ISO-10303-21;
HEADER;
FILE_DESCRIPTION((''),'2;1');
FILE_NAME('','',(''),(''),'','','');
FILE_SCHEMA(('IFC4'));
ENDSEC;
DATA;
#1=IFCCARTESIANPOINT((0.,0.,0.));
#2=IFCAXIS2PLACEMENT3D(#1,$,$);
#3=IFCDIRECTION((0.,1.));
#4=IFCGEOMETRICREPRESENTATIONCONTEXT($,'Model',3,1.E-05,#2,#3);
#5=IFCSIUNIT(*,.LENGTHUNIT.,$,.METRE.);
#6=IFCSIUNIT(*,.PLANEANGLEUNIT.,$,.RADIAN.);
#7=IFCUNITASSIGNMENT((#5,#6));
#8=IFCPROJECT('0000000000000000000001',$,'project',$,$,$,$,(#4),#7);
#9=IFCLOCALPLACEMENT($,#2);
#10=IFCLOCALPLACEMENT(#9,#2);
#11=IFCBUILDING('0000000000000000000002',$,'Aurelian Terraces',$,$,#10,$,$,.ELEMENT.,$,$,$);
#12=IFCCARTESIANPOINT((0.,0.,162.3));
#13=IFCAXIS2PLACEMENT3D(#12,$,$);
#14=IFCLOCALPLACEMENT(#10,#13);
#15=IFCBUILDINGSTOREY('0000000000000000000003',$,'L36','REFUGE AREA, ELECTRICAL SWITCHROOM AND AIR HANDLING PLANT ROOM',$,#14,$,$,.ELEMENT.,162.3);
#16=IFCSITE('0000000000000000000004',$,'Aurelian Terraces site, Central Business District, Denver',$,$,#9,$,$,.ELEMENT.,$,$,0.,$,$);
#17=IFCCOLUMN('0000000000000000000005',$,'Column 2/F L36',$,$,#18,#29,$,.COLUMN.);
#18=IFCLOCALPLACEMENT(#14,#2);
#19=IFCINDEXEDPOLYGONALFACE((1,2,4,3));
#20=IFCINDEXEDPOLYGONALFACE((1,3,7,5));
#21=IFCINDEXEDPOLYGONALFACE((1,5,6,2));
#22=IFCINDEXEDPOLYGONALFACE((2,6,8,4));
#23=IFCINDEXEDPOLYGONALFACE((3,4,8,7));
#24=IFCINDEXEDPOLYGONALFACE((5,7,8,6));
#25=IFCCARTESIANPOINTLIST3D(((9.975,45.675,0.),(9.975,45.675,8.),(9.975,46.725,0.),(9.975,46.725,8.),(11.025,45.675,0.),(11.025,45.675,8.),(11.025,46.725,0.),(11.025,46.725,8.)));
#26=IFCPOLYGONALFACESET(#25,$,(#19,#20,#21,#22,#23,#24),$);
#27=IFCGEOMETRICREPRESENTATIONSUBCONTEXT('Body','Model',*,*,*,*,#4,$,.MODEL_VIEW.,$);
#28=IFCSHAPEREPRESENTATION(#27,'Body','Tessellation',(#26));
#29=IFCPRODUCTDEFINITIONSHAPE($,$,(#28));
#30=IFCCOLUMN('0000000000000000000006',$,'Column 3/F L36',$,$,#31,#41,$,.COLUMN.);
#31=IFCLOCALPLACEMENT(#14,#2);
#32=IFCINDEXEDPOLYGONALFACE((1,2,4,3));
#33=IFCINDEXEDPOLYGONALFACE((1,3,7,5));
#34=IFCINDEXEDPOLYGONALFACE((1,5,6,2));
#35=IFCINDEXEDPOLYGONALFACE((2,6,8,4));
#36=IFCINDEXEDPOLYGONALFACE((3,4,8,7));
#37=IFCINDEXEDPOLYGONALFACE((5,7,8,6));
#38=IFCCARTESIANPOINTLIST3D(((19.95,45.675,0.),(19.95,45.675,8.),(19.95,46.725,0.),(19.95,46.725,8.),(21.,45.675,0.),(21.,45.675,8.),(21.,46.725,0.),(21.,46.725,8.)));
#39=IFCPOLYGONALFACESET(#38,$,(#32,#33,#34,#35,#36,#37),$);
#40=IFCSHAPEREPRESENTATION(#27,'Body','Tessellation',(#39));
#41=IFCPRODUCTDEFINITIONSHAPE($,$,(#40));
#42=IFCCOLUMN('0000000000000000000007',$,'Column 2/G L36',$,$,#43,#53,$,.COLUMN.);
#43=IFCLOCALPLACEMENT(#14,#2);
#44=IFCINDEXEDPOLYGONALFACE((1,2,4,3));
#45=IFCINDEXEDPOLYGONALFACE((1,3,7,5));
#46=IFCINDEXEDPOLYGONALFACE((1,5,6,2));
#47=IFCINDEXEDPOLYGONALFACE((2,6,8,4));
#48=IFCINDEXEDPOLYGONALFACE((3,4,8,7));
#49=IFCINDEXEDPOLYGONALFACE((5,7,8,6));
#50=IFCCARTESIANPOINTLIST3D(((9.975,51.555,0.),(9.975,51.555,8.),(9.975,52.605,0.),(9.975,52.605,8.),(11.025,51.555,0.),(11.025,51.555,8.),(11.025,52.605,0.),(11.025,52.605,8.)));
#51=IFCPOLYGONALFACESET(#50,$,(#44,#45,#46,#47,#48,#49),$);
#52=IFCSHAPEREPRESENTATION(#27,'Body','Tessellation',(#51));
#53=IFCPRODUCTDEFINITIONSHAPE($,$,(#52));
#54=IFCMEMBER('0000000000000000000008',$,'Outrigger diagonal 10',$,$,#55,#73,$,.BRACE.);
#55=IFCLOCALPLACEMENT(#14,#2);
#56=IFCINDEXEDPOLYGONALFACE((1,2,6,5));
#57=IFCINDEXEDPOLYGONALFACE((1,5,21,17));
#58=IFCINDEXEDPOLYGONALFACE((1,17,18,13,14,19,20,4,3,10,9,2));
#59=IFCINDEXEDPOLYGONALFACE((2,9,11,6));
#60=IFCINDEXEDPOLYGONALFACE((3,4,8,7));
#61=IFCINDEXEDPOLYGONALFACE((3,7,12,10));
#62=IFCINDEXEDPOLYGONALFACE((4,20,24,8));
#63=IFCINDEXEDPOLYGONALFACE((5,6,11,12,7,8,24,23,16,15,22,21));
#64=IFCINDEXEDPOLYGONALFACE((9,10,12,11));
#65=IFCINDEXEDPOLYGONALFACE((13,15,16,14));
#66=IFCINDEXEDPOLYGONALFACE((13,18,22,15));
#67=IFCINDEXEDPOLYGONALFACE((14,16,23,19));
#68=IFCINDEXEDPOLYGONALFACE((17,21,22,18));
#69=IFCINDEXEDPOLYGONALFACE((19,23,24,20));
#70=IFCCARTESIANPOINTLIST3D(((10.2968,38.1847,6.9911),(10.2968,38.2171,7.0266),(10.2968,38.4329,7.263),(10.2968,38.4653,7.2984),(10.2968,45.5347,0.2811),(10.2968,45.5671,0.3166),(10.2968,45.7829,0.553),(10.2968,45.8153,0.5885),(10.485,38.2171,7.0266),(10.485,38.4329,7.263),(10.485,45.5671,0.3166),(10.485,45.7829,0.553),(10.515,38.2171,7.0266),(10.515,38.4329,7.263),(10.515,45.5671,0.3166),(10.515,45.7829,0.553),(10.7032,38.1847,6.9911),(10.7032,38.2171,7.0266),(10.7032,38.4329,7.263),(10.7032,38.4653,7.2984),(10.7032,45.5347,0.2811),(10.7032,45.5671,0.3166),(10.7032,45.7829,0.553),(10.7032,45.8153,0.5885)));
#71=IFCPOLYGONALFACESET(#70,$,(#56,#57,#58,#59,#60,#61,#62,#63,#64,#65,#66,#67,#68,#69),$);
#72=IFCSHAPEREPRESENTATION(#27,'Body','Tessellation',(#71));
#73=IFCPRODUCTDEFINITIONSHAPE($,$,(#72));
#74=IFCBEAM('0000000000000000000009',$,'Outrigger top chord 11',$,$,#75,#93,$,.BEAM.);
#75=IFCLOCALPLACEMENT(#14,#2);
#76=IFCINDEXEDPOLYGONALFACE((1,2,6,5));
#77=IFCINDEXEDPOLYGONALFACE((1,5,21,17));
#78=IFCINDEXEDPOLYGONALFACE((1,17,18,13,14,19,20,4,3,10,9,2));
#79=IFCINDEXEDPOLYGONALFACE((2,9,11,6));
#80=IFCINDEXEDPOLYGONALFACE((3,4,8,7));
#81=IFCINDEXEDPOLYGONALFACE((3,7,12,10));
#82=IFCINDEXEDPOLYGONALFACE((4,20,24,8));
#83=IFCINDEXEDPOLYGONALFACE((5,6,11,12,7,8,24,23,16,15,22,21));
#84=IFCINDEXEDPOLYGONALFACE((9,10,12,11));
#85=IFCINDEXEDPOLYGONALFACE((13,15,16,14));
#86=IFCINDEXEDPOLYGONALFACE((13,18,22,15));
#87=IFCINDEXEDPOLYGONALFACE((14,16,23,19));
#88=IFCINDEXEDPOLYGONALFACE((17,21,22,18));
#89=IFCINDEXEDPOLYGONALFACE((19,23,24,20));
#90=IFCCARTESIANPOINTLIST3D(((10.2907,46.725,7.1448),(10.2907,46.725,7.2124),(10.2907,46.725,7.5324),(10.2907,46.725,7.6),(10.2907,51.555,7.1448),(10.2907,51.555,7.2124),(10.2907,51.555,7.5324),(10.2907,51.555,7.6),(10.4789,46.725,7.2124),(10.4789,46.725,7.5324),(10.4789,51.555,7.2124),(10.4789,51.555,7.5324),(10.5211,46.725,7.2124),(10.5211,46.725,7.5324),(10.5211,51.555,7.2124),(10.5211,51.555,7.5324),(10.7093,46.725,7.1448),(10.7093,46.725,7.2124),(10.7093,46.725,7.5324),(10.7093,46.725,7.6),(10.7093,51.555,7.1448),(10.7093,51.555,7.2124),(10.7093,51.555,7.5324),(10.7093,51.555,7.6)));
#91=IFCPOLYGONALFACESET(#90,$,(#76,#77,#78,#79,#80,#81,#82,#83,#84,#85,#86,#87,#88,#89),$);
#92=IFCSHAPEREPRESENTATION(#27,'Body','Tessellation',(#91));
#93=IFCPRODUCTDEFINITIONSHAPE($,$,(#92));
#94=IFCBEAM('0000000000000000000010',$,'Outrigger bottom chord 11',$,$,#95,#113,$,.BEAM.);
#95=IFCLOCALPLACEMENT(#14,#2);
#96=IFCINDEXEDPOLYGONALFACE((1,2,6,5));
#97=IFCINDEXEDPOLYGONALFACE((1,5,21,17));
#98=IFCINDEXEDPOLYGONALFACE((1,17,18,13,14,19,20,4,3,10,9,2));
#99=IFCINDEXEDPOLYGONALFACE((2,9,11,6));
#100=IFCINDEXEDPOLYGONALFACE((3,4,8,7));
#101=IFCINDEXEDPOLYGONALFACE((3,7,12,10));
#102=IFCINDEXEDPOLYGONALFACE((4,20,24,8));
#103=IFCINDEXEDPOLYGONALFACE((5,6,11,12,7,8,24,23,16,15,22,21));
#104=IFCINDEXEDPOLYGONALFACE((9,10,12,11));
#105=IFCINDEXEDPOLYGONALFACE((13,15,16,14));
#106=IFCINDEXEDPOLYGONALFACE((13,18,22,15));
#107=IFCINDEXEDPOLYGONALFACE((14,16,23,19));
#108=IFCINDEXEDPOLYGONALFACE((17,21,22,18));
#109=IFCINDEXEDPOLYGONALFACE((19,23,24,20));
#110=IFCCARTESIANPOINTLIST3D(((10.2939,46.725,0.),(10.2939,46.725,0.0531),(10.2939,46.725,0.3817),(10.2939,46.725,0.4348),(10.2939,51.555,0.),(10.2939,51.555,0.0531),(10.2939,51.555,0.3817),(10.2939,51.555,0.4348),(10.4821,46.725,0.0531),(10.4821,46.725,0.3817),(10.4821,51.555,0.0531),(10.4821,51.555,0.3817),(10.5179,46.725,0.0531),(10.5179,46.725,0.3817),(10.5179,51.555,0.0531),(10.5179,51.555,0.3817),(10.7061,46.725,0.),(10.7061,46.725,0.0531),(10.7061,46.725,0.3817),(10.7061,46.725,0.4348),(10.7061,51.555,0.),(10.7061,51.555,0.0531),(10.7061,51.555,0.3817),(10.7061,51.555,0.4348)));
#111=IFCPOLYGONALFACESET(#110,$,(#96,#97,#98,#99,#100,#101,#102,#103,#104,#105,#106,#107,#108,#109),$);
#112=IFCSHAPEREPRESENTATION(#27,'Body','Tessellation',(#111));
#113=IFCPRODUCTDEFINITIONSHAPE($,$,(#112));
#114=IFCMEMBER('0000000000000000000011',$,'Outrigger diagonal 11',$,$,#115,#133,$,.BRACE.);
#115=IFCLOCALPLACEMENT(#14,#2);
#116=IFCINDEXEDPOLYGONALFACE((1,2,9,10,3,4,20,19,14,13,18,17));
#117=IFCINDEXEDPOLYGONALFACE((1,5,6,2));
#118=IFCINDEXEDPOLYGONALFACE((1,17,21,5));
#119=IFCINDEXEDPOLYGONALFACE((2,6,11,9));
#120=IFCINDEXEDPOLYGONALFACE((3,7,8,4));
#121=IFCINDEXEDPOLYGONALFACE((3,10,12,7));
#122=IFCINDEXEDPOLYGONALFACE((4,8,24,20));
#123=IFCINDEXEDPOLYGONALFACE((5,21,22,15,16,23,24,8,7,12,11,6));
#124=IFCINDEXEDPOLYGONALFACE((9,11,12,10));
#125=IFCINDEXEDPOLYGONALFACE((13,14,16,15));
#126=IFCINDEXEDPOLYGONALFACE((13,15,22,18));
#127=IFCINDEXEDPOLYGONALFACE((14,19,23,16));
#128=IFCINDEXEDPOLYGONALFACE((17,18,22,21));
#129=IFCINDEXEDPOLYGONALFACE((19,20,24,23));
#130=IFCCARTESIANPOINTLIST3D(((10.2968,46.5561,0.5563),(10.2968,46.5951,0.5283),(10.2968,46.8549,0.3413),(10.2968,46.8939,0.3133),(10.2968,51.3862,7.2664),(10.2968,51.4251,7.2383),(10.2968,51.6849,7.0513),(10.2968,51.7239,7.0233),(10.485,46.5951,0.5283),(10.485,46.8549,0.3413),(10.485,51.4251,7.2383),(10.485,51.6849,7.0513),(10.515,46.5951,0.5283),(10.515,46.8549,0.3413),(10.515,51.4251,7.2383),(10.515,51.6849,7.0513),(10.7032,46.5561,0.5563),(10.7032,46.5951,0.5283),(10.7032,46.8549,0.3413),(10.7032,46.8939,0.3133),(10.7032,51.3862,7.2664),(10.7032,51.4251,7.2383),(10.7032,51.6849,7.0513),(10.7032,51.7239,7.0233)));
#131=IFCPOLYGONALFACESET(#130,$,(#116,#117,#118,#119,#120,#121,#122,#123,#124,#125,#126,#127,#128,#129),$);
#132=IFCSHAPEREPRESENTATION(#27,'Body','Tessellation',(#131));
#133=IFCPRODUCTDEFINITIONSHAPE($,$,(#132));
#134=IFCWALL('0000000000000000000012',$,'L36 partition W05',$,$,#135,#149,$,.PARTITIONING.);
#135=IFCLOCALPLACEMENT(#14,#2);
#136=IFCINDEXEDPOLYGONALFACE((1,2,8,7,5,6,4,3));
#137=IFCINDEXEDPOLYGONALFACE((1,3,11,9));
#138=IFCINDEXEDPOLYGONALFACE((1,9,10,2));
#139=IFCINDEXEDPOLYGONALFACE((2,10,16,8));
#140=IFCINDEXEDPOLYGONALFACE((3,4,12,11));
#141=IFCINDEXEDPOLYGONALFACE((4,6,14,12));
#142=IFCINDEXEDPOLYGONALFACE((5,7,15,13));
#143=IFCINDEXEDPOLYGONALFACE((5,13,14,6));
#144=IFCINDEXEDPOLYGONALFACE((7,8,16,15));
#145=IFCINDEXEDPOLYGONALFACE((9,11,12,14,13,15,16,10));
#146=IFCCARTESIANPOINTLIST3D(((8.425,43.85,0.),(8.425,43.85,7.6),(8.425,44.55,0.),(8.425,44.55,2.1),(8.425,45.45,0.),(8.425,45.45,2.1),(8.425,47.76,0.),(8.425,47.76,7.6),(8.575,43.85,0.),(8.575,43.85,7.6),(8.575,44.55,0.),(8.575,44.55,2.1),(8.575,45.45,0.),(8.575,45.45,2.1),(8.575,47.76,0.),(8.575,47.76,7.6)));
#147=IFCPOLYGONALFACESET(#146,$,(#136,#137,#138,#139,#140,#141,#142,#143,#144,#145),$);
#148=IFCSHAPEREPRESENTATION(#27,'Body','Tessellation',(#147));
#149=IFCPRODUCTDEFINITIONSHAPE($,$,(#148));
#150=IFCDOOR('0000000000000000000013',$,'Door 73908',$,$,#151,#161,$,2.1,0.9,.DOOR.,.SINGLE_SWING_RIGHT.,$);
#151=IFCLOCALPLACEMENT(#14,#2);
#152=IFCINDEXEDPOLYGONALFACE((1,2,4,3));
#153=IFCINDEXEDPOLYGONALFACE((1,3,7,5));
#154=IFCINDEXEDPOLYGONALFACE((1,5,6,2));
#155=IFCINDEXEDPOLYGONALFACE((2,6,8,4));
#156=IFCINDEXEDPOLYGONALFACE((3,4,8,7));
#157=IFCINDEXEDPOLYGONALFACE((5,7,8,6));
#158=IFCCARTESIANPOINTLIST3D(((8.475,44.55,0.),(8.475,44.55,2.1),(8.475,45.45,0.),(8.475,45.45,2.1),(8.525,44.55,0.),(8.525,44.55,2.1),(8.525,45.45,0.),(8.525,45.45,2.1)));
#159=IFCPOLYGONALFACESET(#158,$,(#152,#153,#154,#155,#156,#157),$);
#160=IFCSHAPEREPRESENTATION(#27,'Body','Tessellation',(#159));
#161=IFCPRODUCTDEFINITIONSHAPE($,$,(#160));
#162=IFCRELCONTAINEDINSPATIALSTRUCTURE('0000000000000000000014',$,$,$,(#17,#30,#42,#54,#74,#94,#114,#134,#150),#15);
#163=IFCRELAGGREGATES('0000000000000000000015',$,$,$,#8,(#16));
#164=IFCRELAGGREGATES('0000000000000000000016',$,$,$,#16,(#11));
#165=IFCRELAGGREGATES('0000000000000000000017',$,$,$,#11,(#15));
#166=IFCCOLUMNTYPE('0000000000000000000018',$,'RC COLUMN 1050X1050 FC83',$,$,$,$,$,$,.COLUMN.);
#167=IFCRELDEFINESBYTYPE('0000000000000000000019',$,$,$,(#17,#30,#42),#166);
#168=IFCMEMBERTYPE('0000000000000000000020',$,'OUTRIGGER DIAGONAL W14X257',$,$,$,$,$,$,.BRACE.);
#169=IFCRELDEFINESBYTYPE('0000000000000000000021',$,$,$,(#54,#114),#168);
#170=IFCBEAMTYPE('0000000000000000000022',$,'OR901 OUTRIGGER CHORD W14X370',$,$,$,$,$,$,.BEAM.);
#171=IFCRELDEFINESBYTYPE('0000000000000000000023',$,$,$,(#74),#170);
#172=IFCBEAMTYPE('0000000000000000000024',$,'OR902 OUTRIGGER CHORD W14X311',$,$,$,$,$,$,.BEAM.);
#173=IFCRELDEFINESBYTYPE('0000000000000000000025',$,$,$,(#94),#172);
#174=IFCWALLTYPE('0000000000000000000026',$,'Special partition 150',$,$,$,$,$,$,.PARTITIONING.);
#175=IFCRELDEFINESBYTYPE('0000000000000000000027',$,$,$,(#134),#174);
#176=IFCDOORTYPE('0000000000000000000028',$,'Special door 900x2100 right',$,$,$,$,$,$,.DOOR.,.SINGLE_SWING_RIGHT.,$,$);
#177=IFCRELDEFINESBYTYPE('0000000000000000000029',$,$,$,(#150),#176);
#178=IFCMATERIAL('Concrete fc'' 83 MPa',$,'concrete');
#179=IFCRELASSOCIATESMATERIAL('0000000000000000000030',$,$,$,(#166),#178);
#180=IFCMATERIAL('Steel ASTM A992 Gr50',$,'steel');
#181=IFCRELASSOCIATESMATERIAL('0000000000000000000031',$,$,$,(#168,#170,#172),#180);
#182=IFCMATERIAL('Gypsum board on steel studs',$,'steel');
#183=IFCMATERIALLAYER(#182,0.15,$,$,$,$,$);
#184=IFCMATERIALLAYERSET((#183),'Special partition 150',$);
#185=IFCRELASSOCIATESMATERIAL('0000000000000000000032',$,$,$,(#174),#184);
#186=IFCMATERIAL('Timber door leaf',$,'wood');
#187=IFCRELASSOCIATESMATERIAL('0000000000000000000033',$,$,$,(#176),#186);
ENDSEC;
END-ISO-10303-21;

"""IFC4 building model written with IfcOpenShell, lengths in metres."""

from ifc_helpers import new_model, si_unit, direction, frame, frame_2d, origin, origin_2d, place, context, subcontext, project, spatial, rectangle, i_section, extrude, source, transform, mapped, material, layer, layer_set, material_profile, profile_set, type_object, element, fill, save


model = new_model("IFC4")

# Units and contexts
model_context = context("Model", 3, precision=1e-05, world=origin(), true_north=direction((0.0, 1.0)))
body_context = subcontext(model_context, "Body", "Model", "MODEL_VIEW")
ifc_project = project(units=[si_unit("LENGTHUNIT", "METRE"), si_unit("PLANEANGLEUNIT", "RADIAN")], contexts=[model_context])

# Site, building, storey
site_placement = place(None, origin())
site = spatial("IfcSite", under=ifc_project, at=site_placement, Name="Aurelian Terraces site, Central Business District, Denver", CompositionType="ELEMENT", RefElevation=0.0)
building_placement = place(site_placement, origin())
building = spatial("IfcBuilding", under=site, at=building_placement, Name="Aurelian Terraces", CompositionType="ELEMENT")
storey_placement = place(building_placement, frame((0.0, 0.0, 162.3)))
storey = spatial("IfcBuildingStorey", under=building, at=storey_placement, Name="L36", Description="REFUGE AREA, ELECTRICAL SWITCHROOM AND AIR HANDLING PLANT ROOM", CompositionType="ELEMENT", Elevation=162.3)

# Columns
ifc_material_1 = material(Name="Concrete fc' 83 MPa", Category="concrete")
ifc_material_profile_1 = material_profile(ifc_material_1, rectangle(XDim=1.05, YDim=1.05, at=origin_2d()))
ifc_profile_set_1 = profile_set([ifc_material_profile_1], Name="Concrete fc' 83 MPa")
column_type = type_object("IfcColumnType", Name="RC COLUMN 1050X1050 FC83", PredefinedType="COLUMN", material=ifc_profile_set_1)
shared_shape_1 = source(origin(), body_context, "Body", "SweptSolid", [
    extrude(rectangle(XDim=1.05, YDim=1.05, at=origin_2d()), origin(), (0.0, 0.0, 1.0), 8.0),
])
for number, where, z_axis, x_axis, name in (
    (1, (10.5, 46.2, 0.0), (0.0, 0.0, 1.0), (1.0, 0.0, 0.0), "Column 2/F L36"),
    (2, (20.475, 46.2, 0.0), (0.0, 0.0, 1.0), (1.0, 0.0, 0.0), "Column 3/F L36"),
    (3, (10.5, 52.08, 0.0), (0.0, 0.0, 1.0), (1.0, 0.0, 0.0), "Column 2/G L36"),
):
    element("IfcColumn", number, at=place(storey_placement, frame(where, z_axis=z_axis, x_axis=x_axis)), inside=storey, type_object=column_type, Name=name, PredefinedType="COLUMN", context=body_context, shape_type="MappedRepresentation", body=[
        mapped(shared_shape_1, transform((0.0, 0.0, 0.0), scale=1.0)),
    ])

# Member
ifc_material_2 = material(Name="Steel ASTM A992 Gr50", Category="steel")
ifc_material_profile_2 = material_profile(ifc_material_2, i_section(OverallWidth=0.4063, OverallDepth=0.4161, WebThickness=0.03, FlangeThickness=0.048, at=origin_2d()))
ifc_profile_set_2 = profile_set([ifc_material_profile_2], Name="Steel ASTM A992 Gr50")
member_type = type_object("IfcMemberType", Name="OUTRIGGER DIAGONAL W14X257", PredefinedType="BRACE", material=ifc_profile_set_2)
shared_shape_2 = source(origin(), body_context, "Body", "SweptSolid", [
    extrude(i_section(OverallWidth=0.4063, OverallDepth=0.4161, WebThickness=0.03, FlangeThickness=0.048, at=origin_2d()), origin(), (0.0, 0.0, 1.0), 9.9522),
])
member_1_placement = place(storey_placement, frame((10.5, 45.675, 0.4348), z_axis=(0.0, -0.738529, 0.674222), x_axis=(1.0, 0.0, 0.0)))
element("IfcMember", 4, at=member_1_placement, inside=storey, type_object=member_type, Name="Outrigger diagonal 10", PredefinedType="BRACE", context=body_context, shape_type="MappedRepresentation", body=[
    mapped(shared_shape_2, transform((0.0, 0.0, 0.0), scale=1.0)),
])

# Beams
ifc_material_profile_3 = material_profile(ifc_material_2, i_section(OverallWidth=0.4185, OverallDepth=0.4552, WebThickness=0.0422, FlangeThickness=0.0676, at=origin_2d()))
ifc_profile_set_3 = profile_set([ifc_material_profile_3], Name="Steel ASTM A992 Gr50")
beam_type_1 = type_object("IfcBeamType", Name="OR901 OUTRIGGER CHORD W14X370", PredefinedType="BEAM", material=ifc_profile_set_3)
shared_shape_3 = source(origin(), body_context, "Body", "SweptSolid", [
    extrude(i_section(OverallWidth=0.4185, OverallDepth=0.4552, WebThickness=0.0422, FlangeThickness=0.0676, at=origin_2d()), origin(), (0.0, 0.0, 1.0), 4.83),
])
beam_1_placement = place(storey_placement, frame((10.5, 46.725, 7.3724), z_axis=(0.0, 1.0, 0.0), x_axis=(-1.0, 0.0, 0.0)))
element("IfcBeam", 5, at=beam_1_placement, inside=storey, type_object=beam_type_1, Name="Outrigger top chord 11", PredefinedType="BEAM", context=body_context, shape_type="MappedRepresentation", body=[
    mapped(shared_shape_3, transform((0.0, 0.0, 0.0), scale=1.0)),
])
ifc_material_profile_4 = material_profile(ifc_material_2, i_section(OverallWidth=0.4122, OverallDepth=0.4348, WebThickness=0.0358, FlangeThickness=0.0531, at=origin_2d()))
ifc_profile_set_4 = profile_set([ifc_material_profile_4], Name="Steel ASTM A992 Gr50")
beam_type_2 = type_object("IfcBeamType", Name="OR902 OUTRIGGER CHORD W14X311", PredefinedType="BEAM", material=ifc_profile_set_4)
shared_shape_4 = source(origin(), body_context, "Body", "SweptSolid", [
    extrude(i_section(OverallWidth=0.4122, OverallDepth=0.4348, WebThickness=0.0358, FlangeThickness=0.0531, at=origin_2d()), origin(), (0.0, 0.0, 1.0), 4.83),
])
beam_2_placement = place(storey_placement, frame((10.5, 46.725, 0.2174), z_axis=(0.0, 1.0, 0.0), x_axis=(-1.0, 0.0, 0.0)))
element("IfcBeam", 6, at=beam_2_placement, inside=storey, type_object=beam_type_2, Name="Outrigger bottom chord 11", PredefinedType="BEAM", context=body_context, shape_type="MappedRepresentation", body=[
    mapped(shared_shape_4, transform((0.0, 0.0, 0.0), scale=1.0)),
])

# Member
shared_shape_5 = source(origin(), body_context, "Body", "SweptSolid", [
    extrude(i_section(OverallWidth=0.4063, OverallDepth=0.4161, WebThickness=0.03, FlangeThickness=0.048, at=origin_2d()), origin(), (0.0, 0.0, 1.0), 8.2676),
])
member_2_placement = place(storey_placement, frame((10.5, 46.725, 0.4348), z_axis=(0.0, 0.584209, 0.811603), x_axis=(-1.0, 0.0, 0.0)))
element("IfcMember", 7, at=member_2_placement, inside=storey, type_object=member_type, Name="Outrigger diagonal 11", PredefinedType="BRACE", context=body_context, shape_type="MappedRepresentation", body=[
    mapped(shared_shape_5, transform((0.0, 0.0, 0.0), scale=1.0)),
])

# Wall, opening, door
ifc_material_3 = material(Name="Gypsum board on steel studs", Category="steel")
ifc_layer_1 = layer(ifc_material_3, 0.15)
ifc_layer_set_1 = layer_set([ifc_layer_1], Name="Special partition 150")
wall_type_1 = type_object("IfcWallType", Name="Special partition 150", PredefinedType="PARTITIONING", material=ifc_layer_set_1)
wall_1_placement = place(storey_placement, frame((8.5, 43.85, 0.0), z_axis=(0.0, 0.0, 1.0), x_axis=(0.0, 1.0, 0.0)))
wall_1 = element("IfcWall", 8, at=wall_1_placement, inside=storey, type_object=wall_type_1, Name="L36 partition W05", PredefinedType="PARTITIONING", context=body_context, shape_type="SweptSolid", body=[
    extrude(rectangle(XDim=3.91, YDim=0.15, at=frame_2d((1.955, 0.0))), origin(), (0.0, 0.0, 1.0), 7.6),
])
shared_shape_6 = source(origin(), body_context, "Body", "SweptSolid", [
    extrude(rectangle(XDim=0.9, YDim=2.1, at=frame_2d((0.45, 1.05))), frame((0.0, 0.085, 0.0), z_axis=(0.0, -1.0, 0.0), x_axis=(1.0, 0.0, 0.0)), (0.0, 0.0, 1.0), 0.17),
])
opening_1_placement = place(wall_1_placement, frame((0.7, 0.0, 0.0)))
opening_1 = element("IfcOpeningElement", 9, at=opening_1_placement, cuts=wall_1, PredefinedType="OPENING", context=body_context, shape_type="MappedRepresentation", body=[
    mapped(shared_shape_6, transform((0.0, 0.0, 0.0), scale=1.0)),
])
ifc_material_4 = material(Name="Timber door leaf", Category="wood")
door_type_1 = type_object("IfcDoorType", Name="Special door 900x2100 right", OperationType="SINGLE_SWING_RIGHT", PredefinedType="DOOR", material=ifc_material_4)
shared_shape_7 = source(origin(), body_context, "Body", "SweptSolid", [
    extrude(rectangle(XDim=0.9, YDim=2.1, at=frame_2d((0.45, 1.05))), frame((0.0, 0.025, 0.0), z_axis=(0.0, -1.0, 0.0), x_axis=(1.0, 0.0, 0.0)), (0.0, 0.0, 1.0), 0.05),
])
door_1_placement = place(opening_1_placement, origin())
door_1 = element("IfcDoor", 10, at=door_1_placement, inside=storey, type_object=door_type_1, Name="Door 73908", OperationType="SINGLE_SWING_RIGHT", OverallHeight=2.1, OverallWidth=0.9, PredefinedType="DOOR", context=body_context, shape_type="MappedRepresentation", body=[
    mapped(shared_shape_7, transform((0.0, 0.0, 0.0), scale=1.0)),
])
fill(opening_1, door_1)

save(model, "model.ifc")
